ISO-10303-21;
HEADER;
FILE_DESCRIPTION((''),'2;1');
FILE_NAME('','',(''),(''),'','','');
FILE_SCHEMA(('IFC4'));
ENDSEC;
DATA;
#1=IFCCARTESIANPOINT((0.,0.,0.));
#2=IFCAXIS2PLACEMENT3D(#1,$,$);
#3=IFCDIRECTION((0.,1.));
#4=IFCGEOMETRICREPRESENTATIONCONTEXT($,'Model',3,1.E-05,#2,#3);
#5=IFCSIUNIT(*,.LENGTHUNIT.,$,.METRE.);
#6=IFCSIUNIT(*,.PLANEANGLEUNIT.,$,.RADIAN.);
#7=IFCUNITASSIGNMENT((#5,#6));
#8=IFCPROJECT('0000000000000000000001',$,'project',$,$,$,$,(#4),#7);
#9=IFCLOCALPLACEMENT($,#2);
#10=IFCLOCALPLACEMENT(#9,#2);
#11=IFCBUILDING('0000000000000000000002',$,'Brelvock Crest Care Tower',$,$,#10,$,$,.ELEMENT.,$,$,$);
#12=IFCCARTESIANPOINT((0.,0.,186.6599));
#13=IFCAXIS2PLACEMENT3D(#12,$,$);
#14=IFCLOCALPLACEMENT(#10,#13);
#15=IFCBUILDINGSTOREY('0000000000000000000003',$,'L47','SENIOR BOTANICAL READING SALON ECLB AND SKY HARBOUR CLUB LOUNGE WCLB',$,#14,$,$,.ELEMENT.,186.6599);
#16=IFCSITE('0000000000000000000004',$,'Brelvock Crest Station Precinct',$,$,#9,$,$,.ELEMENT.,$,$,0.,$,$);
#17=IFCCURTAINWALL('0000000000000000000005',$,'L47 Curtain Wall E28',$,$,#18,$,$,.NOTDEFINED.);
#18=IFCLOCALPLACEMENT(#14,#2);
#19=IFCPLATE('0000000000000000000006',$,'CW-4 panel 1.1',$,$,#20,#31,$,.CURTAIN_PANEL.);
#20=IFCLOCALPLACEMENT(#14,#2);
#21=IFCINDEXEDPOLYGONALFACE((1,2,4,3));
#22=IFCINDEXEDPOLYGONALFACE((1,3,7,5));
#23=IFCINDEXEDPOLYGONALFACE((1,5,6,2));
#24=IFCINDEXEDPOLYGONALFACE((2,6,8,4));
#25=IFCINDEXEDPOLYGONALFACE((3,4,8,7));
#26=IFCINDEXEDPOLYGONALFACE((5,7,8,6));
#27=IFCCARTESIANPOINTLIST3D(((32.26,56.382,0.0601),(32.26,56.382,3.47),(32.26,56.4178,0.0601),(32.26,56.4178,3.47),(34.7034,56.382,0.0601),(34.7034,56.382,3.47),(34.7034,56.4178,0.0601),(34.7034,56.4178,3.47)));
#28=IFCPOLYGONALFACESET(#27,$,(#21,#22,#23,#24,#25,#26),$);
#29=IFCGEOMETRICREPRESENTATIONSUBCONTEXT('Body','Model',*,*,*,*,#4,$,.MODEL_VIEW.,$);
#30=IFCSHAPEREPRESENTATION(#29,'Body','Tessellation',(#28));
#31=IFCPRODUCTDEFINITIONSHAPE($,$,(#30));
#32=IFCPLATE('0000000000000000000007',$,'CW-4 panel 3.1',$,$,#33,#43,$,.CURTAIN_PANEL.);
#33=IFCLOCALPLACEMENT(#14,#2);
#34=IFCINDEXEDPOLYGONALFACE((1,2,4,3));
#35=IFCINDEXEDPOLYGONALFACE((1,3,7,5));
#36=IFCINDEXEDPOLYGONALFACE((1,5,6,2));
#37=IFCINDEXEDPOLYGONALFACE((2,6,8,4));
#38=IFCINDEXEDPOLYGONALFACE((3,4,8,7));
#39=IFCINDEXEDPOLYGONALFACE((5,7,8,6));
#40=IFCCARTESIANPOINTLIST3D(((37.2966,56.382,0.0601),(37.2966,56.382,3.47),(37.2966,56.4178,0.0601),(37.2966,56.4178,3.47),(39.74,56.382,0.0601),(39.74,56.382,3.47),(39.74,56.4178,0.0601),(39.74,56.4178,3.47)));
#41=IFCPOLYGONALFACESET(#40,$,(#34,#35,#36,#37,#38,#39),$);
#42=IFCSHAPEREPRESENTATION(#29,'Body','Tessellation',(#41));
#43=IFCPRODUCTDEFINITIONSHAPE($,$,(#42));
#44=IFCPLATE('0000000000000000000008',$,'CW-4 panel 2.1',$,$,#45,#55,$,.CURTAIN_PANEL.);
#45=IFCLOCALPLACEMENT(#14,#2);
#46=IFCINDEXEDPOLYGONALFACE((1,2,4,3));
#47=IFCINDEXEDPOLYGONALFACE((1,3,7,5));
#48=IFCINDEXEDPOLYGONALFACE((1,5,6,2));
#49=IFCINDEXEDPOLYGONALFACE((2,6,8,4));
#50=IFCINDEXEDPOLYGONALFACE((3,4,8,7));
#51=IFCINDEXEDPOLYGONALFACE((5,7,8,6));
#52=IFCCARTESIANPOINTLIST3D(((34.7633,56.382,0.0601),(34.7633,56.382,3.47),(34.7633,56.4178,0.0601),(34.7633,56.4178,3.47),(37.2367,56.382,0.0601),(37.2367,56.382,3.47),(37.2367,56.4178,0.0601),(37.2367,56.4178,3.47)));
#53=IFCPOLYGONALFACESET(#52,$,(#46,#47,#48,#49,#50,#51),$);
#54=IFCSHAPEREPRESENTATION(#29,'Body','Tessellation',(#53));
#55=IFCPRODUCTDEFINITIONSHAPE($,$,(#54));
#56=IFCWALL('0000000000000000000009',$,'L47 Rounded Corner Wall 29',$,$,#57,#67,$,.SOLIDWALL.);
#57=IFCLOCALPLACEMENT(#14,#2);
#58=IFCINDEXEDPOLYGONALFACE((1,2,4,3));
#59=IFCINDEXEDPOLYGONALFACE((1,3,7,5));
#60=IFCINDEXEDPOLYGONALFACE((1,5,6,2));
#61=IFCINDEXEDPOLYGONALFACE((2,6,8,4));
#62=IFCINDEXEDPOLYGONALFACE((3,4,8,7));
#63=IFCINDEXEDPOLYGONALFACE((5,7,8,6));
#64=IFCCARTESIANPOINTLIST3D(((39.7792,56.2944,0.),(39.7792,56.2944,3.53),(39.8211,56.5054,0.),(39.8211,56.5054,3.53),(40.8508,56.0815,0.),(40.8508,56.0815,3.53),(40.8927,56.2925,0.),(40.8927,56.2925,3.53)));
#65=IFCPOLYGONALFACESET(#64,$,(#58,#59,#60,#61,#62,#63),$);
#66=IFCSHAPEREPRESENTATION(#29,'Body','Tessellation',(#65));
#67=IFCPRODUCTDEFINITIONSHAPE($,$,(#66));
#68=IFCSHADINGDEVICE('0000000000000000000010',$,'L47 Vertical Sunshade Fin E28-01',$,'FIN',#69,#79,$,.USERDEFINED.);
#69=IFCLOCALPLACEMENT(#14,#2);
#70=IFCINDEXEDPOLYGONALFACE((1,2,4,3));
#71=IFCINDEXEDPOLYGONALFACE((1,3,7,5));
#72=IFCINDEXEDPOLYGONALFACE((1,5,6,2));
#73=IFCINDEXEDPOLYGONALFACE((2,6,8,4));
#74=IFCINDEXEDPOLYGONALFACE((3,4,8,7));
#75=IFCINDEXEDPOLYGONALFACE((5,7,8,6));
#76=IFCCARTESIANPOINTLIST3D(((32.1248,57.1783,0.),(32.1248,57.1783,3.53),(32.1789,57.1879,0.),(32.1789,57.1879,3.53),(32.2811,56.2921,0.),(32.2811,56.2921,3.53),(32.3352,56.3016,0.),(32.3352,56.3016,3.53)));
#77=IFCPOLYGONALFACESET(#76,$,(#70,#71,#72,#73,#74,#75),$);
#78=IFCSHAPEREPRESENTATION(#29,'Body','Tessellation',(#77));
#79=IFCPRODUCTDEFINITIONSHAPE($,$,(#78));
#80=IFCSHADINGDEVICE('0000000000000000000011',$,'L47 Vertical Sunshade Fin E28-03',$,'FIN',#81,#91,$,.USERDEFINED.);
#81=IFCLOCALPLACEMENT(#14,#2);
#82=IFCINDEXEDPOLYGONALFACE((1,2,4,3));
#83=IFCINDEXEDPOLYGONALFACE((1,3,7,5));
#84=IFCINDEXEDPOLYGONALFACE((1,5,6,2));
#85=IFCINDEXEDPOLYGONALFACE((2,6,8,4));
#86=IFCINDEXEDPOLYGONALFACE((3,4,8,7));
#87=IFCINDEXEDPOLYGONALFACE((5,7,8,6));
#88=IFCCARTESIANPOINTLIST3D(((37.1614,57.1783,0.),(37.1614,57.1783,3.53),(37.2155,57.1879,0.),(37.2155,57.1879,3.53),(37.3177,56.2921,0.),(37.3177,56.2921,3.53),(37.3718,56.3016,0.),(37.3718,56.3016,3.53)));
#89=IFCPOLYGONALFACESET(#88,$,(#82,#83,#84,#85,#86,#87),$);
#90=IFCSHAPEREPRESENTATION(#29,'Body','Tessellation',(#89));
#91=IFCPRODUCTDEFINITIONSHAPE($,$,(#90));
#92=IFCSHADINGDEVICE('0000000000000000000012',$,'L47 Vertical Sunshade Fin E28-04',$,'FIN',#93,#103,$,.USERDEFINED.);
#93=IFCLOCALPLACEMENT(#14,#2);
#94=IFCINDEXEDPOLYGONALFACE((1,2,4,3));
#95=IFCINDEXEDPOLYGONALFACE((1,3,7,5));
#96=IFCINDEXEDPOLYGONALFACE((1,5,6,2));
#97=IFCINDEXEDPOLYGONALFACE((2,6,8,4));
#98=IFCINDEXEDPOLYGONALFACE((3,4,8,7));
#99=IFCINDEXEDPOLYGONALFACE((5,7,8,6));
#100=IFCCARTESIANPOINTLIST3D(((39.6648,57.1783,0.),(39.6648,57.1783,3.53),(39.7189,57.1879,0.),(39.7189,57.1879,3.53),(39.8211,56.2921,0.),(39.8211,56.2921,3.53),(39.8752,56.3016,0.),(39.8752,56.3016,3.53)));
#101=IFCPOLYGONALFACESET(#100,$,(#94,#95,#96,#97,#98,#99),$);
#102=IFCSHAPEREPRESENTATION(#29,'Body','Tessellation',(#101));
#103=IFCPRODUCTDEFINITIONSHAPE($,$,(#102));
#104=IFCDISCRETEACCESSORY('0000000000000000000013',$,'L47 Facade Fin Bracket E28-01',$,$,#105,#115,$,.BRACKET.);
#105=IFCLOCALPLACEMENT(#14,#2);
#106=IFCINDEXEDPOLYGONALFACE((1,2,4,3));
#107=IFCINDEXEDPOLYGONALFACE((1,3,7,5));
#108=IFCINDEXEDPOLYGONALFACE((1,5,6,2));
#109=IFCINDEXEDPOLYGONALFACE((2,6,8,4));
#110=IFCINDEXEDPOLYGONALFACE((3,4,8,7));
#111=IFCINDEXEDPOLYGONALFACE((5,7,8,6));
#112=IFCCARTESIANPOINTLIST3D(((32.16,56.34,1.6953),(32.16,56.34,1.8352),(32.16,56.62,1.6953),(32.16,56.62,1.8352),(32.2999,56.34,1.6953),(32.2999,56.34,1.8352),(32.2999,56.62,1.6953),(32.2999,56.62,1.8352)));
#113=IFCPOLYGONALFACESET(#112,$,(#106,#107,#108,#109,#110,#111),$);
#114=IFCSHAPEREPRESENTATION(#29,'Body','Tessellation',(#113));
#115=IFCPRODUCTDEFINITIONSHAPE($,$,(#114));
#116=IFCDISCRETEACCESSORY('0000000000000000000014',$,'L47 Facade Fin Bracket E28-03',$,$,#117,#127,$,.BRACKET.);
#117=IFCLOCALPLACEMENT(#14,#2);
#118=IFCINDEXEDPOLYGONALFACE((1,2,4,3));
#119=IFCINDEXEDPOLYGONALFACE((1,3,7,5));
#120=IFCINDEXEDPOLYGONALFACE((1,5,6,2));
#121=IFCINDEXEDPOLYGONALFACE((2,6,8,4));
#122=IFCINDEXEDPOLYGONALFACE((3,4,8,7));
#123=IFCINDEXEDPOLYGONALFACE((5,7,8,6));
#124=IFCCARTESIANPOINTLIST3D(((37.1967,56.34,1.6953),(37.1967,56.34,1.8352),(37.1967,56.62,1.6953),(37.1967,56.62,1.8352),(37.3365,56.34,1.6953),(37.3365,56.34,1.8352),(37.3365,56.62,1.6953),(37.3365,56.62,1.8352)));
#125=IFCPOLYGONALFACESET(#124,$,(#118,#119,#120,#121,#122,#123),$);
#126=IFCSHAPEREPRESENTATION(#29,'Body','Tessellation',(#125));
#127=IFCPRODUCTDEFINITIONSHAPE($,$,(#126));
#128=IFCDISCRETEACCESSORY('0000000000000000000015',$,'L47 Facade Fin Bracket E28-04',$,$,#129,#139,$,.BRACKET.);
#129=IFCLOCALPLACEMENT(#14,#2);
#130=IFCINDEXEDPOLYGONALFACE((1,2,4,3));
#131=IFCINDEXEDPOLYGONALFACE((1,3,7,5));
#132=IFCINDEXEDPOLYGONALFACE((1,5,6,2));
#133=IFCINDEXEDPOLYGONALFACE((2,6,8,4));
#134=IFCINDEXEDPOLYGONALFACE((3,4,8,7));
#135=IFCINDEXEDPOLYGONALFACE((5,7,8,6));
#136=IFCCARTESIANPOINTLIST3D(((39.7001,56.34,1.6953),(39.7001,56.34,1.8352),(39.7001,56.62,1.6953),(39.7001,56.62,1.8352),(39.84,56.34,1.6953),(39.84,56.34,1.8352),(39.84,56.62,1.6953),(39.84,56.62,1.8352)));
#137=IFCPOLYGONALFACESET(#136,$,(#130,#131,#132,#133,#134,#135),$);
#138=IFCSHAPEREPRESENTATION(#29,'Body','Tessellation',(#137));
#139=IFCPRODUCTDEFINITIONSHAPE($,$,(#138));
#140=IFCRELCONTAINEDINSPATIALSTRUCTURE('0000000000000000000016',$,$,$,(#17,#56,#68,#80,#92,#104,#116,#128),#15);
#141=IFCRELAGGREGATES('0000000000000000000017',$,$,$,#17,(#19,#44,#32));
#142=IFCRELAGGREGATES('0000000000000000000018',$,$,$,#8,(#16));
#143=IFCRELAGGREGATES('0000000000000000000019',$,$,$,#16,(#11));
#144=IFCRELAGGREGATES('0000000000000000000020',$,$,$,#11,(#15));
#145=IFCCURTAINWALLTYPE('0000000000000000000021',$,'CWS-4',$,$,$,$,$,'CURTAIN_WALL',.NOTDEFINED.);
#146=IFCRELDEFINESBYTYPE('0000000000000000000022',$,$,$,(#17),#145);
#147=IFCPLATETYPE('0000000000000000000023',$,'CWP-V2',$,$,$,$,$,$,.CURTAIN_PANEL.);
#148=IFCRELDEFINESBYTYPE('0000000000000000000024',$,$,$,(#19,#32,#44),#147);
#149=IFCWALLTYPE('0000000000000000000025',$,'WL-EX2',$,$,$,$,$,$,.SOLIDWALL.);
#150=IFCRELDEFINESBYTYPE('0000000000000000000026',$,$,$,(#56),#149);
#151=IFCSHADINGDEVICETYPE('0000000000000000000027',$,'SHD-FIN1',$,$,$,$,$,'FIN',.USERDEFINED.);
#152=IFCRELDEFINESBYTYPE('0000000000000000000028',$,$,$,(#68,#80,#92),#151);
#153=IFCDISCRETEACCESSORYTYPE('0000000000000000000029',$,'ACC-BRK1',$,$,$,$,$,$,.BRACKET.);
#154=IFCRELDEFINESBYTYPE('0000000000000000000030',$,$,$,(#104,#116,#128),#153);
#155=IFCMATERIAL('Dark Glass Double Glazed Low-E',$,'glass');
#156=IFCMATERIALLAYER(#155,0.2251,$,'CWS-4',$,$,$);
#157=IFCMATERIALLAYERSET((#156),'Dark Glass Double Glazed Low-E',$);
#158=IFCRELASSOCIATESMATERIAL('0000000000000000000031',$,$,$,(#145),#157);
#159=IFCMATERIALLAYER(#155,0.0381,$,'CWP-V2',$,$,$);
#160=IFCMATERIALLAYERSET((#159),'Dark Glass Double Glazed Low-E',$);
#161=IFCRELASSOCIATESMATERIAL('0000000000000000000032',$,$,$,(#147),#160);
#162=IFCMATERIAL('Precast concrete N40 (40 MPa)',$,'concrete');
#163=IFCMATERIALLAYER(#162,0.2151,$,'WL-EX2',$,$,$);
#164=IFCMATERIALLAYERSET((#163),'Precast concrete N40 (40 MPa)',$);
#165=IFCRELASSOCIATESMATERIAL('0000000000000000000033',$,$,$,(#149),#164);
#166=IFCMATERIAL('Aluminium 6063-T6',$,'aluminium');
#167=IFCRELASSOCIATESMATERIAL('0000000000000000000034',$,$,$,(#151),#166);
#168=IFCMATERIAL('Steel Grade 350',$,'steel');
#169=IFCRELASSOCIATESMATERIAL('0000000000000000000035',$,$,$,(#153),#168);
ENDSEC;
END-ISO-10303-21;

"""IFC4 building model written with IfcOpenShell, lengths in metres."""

from ifc_helpers import new_model, si_unit, direction, frame, frame_2d, origin, origin_2d, place, context, subcontext, project, spatial, rectangle, extrude, source, transform, mapped, material, layer, layer_set, material_profile, profile_set, type_object, element, aggregate, save


model = new_model("IFC4")

# Units and contexts
model_context = context("Model", 3, precision=1e-05, world=origin(), true_north=direction((0.0, 1.0)))
body_context = subcontext(model_context, "Body", "Model", "MODEL_VIEW")
ifc_project = project(units=[si_unit("LENGTHUNIT", "METRE"), si_unit("PLANEANGLEUNIT", "RADIAN")], contexts=[model_context])

# Site, building, storey
site_placement = place(None, origin())
site = spatial("IfcSite", under=ifc_project, at=site_placement, Name="Brelvock Crest Station Precinct", CompositionType="ELEMENT", RefElevation=0.0)
building_placement = place(site_placement, origin())
building = spatial("IfcBuilding", under=site, at=building_placement, Name="Brelvock Crest Care Tower", CompositionType="ELEMENT")
storey_placement = place(building_placement, frame((0.0, 0.0, 186.6599)))
storey = spatial("IfcBuildingStorey", under=building, at=storey_placement, Name="L47", Description="SENIOR BOTANICAL READING SALON ECLB AND SKY HARBOUR CLUB LOUNGE WCLB", CompositionType="ELEMENT", Elevation=186.6599)

# Shared definitions
ifc_material_1 = material(Name="Steel Grade 350", Category="steel")

# Curtain wall, plates
ifc_material_2 = material(Name="Dark Glass Double Glazed Low-E", Category="glass")
ifc_layer_1 = layer(ifc_material_2, 0.2251, Name="CWS-4")
ifc_layer_set_1 = layer_set([ifc_layer_1], Name="Dark Glass Double Glazed Low-E")
curtain_wall_type = type_object("IfcCurtainWallType", Name="CWS-4", ElementType="CURTAIN_WALL", PredefinedType="NOTDEFINED", material=ifc_layer_set_1)
curtain_wall_placement = place(storey_placement, origin())
curtain_wall = element("IfcCurtainWall", 1, at=curtain_wall_placement, inside=storey, type_object=curtain_wall_type, Name="L47 Curtain Wall E28", PredefinedType="NOTDEFINED")
ifc_material_3 = material(Name="Aluminium 6063-T6", Category="aluminium")
ifc_layer_2 = layer(ifc_material_2, 0.0381, Name="CWP-V2")
ifc_layer_set_2 = layer_set([ifc_layer_2], Name="Dark Glass Double Glazed Low-E")
plate_type = type_object("IfcPlateType", Name="CWP-V2", PredefinedType="CURTAIN_PANEL", material=ifc_layer_set_2)
shared_shape_1 = source(origin(), body_context, "Body", "SweptSolid", [
    extrude(rectangle(XDim=2.4434, YDim=0.0359, at=origin_2d()), origin(), (0.0, 0.0, 1.0), 3.4099),
])
plate_1_placement = place(storey_placement, frame((33.4817, 56.3999, 0.0601), z_axis=(0.0, 0.0, 1.0), x_axis=(1.0, 0.0, 0.0)))
plate_1 = element("IfcPlate", 2, at=plate_1_placement, type_object=plate_type, Name="CW-4 panel 1.1", PredefinedType="CURTAIN_PANEL", context=body_context, shape_type="MappedRepresentation", body=[
    mapped(shared_shape_1, transform((0.0, 0.0, 0.0), x_axis=(1.0, 0.0, 0.0), y_axis=(0.0, 1.0, 0.0), z_axis=(0.0, 0.0, 1.0), scale=1.0)),
])
plate_2_placement = place(storey_placement, frame((38.5183, 56.3999, 0.0601), z_axis=(0.0, 0.0, 1.0), x_axis=(1.0, 0.0, 0.0)))
plate_2 = element("IfcPlate", 3, at=plate_2_placement, type_object=plate_type, Name="CW-4 panel 3.1", PredefinedType="CURTAIN_PANEL", context=body_context, shape_type="MappedRepresentation", body=[
    mapped(shared_shape_1, transform((0.0, 0.0, 0.0), x_axis=(1.0, 0.0, 0.0), y_axis=(0.0, 1.0, 0.0), z_axis=(0.0, 0.0, 1.0), scale=1.0)),
])
shared_shape_2 = source(origin(), body_context, "Body", "SweptSolid", [
    extrude(rectangle(XDim=2.4734, YDim=0.0359, at=origin_2d()), origin(), (0.0, 0.0, 1.0), 3.4099),
])
plate_3_placement = place(storey_placement, frame((36.0, 56.3999, 0.0601), z_axis=(0.0, 0.0, 1.0), x_axis=(1.0, 0.0, 0.0)))
plate_3 = element("IfcPlate", 4, at=plate_3_placement, type_object=plate_type, Name="CW-4 panel 2.1", PredefinedType="CURTAIN_PANEL", context=body_context, shape_type="MappedRepresentation", body=[
    mapped(shared_shape_2, transform((0.0, 0.0, 0.0), x_axis=(1.0, 0.0, 0.0), y_axis=(0.0, 1.0, 0.0), z_axis=(0.0, 0.0, 1.0), scale=1.0)),
])
aggregate(curtain_wall, [plate_1, plate_3, plate_2])

# Wall
ifc_material_4 = material(Name="Precast concrete N40 (40 MPa)", Category="concrete")
ifc_layer_3 = layer(ifc_material_4, 0.2151, Name="WL-EX2")
ifc_layer_set_3 = layer_set([ifc_layer_3], Name="Precast concrete N40 (40 MPa)")
wall_type = type_object("IfcWallType", Name="WL-EX2", PredefinedType="SOLIDWALL", material=ifc_layer_set_3)
wall_placement = place(storey_placement, frame((39.8, 56.3999, 0.0), z_axis=(0.0, 0.0, 1.0), x_axis=(0.980829, -0.19487, 0.0)))
element("IfcWall", 5, at=wall_placement, inside=storey, type_object=wall_type, Name="L47 Rounded Corner Wall 29", PredefinedType="SOLIDWALL", context=body_context, shape_type="SweptSolid", body=[
    extrude(rectangle(XDim=1.0925, YDim=0.2151, at=frame_2d((0.5464, 0.0))), origin(), (0.0, 0.0, 1.0), 3.53),
])

# Shading devices
ifc_material_profile_1 = material_profile(ifc_material_3, rectangle(XDim=0.0549, YDim=0.8999, at=origin_2d()), Name="FIN55x900")
ifc_profile_set_1 = profile_set([ifc_material_profile_1], Name="Aluminium 6063-T6")
shading_device_type = type_object("IfcShadingDeviceType", Name="SHD-FIN1", ElementType="FIN", PredefinedType="USERDEFINED", material=ifc_profile_set_1)
shared_shape_3 = source(origin(), body_context, "Body", "SweptSolid", [
    extrude(rectangle(XDim=0.0549, YDim=0.8999, at=origin_2d()), origin(), (0.0, 0.0, 1.0), 3.53),
])
for number, where, z_axis, x_axis, name in (
    (6, (32.23, 56.74, 0.0), (0.0, 0.0, 1.0), (0.984808, 0.173648, 0.0), "L47 Vertical Sunshade Fin E28-01"),
    (7, (37.2666, 56.74, 0.0), (0.0, 0.0, 1.0), (0.984808, 0.173648, 0.0), "L47 Vertical Sunshade Fin E28-03"),
    (8, (39.77, 56.74, 0.0), (0.0, 0.0, 1.0), (0.984808, 0.173648, 0.0), "L47 Vertical Sunshade Fin E28-04"),
):
    element("IfcShadingDevice", number, at=place(storey_placement, frame(where, z_axis=z_axis, x_axis=x_axis)), inside=storey, type_object=shading_device_type, Name=name, ObjectType="FIN", PredefinedType="USERDEFINED", context=body_context, shape_type="MappedRepresentation", body=[
        mapped(shared_shape_3, transform((0.0, 0.0, 0.0), x_axis=(1.0, 0.0, 0.0), y_axis=(0.0, 1.0, 0.0), z_axis=(0.0, 0.0, 1.0), scale=1.0)),
    ])

# Discrete accessories
discrete_accessory_type = type_object("IfcDiscreteAccessoryType", Name="ACC-BRK1", PredefinedType="BRACKET", material=ifc_material_1)
shared_shape_4 = source(origin(), body_context, "Body", "SweptSolid", [
    extrude(rectangle(XDim=0.28, YDim=0.1399, at=origin_2d()), origin(), (0.0, 0.0, 1.0), 0.1399),
])
for number, where, z_axis, x_axis, name in (
    (9, (32.23, 56.48, 1.6953), (0.0, 0.0, 1.0), (0.0, 1.0, 0.0), "L47 Facade Fin Bracket E28-01"),
    (10, (37.2666, 56.48, 1.6953), (0.0, 0.0, 1.0), (0.0, 1.0, 0.0), "L47 Facade Fin Bracket E28-03"),
    (11, (39.77, 56.48, 1.6953), (0.0, 0.0, 1.0), (0.0, 1.0, 0.0), "L47 Facade Fin Bracket E28-04"),
):
    element("IfcDiscreteAccessory", number, at=place(storey_placement, frame(where, z_axis=z_axis, x_axis=x_axis)), inside=storey, type_object=discrete_accessory_type, Name=name, PredefinedType="BRACKET", context=body_context, shape_type="MappedRepresentation", body=[
        mapped(shared_shape_4, transform((0.0, 0.0, 0.0), x_axis=(1.0, 0.0, 0.0), y_axis=(0.0, 1.0, 0.0), z_axis=(0.0, 0.0, 1.0), scale=1.0)),
    ])

save(model, "model.ifc")
